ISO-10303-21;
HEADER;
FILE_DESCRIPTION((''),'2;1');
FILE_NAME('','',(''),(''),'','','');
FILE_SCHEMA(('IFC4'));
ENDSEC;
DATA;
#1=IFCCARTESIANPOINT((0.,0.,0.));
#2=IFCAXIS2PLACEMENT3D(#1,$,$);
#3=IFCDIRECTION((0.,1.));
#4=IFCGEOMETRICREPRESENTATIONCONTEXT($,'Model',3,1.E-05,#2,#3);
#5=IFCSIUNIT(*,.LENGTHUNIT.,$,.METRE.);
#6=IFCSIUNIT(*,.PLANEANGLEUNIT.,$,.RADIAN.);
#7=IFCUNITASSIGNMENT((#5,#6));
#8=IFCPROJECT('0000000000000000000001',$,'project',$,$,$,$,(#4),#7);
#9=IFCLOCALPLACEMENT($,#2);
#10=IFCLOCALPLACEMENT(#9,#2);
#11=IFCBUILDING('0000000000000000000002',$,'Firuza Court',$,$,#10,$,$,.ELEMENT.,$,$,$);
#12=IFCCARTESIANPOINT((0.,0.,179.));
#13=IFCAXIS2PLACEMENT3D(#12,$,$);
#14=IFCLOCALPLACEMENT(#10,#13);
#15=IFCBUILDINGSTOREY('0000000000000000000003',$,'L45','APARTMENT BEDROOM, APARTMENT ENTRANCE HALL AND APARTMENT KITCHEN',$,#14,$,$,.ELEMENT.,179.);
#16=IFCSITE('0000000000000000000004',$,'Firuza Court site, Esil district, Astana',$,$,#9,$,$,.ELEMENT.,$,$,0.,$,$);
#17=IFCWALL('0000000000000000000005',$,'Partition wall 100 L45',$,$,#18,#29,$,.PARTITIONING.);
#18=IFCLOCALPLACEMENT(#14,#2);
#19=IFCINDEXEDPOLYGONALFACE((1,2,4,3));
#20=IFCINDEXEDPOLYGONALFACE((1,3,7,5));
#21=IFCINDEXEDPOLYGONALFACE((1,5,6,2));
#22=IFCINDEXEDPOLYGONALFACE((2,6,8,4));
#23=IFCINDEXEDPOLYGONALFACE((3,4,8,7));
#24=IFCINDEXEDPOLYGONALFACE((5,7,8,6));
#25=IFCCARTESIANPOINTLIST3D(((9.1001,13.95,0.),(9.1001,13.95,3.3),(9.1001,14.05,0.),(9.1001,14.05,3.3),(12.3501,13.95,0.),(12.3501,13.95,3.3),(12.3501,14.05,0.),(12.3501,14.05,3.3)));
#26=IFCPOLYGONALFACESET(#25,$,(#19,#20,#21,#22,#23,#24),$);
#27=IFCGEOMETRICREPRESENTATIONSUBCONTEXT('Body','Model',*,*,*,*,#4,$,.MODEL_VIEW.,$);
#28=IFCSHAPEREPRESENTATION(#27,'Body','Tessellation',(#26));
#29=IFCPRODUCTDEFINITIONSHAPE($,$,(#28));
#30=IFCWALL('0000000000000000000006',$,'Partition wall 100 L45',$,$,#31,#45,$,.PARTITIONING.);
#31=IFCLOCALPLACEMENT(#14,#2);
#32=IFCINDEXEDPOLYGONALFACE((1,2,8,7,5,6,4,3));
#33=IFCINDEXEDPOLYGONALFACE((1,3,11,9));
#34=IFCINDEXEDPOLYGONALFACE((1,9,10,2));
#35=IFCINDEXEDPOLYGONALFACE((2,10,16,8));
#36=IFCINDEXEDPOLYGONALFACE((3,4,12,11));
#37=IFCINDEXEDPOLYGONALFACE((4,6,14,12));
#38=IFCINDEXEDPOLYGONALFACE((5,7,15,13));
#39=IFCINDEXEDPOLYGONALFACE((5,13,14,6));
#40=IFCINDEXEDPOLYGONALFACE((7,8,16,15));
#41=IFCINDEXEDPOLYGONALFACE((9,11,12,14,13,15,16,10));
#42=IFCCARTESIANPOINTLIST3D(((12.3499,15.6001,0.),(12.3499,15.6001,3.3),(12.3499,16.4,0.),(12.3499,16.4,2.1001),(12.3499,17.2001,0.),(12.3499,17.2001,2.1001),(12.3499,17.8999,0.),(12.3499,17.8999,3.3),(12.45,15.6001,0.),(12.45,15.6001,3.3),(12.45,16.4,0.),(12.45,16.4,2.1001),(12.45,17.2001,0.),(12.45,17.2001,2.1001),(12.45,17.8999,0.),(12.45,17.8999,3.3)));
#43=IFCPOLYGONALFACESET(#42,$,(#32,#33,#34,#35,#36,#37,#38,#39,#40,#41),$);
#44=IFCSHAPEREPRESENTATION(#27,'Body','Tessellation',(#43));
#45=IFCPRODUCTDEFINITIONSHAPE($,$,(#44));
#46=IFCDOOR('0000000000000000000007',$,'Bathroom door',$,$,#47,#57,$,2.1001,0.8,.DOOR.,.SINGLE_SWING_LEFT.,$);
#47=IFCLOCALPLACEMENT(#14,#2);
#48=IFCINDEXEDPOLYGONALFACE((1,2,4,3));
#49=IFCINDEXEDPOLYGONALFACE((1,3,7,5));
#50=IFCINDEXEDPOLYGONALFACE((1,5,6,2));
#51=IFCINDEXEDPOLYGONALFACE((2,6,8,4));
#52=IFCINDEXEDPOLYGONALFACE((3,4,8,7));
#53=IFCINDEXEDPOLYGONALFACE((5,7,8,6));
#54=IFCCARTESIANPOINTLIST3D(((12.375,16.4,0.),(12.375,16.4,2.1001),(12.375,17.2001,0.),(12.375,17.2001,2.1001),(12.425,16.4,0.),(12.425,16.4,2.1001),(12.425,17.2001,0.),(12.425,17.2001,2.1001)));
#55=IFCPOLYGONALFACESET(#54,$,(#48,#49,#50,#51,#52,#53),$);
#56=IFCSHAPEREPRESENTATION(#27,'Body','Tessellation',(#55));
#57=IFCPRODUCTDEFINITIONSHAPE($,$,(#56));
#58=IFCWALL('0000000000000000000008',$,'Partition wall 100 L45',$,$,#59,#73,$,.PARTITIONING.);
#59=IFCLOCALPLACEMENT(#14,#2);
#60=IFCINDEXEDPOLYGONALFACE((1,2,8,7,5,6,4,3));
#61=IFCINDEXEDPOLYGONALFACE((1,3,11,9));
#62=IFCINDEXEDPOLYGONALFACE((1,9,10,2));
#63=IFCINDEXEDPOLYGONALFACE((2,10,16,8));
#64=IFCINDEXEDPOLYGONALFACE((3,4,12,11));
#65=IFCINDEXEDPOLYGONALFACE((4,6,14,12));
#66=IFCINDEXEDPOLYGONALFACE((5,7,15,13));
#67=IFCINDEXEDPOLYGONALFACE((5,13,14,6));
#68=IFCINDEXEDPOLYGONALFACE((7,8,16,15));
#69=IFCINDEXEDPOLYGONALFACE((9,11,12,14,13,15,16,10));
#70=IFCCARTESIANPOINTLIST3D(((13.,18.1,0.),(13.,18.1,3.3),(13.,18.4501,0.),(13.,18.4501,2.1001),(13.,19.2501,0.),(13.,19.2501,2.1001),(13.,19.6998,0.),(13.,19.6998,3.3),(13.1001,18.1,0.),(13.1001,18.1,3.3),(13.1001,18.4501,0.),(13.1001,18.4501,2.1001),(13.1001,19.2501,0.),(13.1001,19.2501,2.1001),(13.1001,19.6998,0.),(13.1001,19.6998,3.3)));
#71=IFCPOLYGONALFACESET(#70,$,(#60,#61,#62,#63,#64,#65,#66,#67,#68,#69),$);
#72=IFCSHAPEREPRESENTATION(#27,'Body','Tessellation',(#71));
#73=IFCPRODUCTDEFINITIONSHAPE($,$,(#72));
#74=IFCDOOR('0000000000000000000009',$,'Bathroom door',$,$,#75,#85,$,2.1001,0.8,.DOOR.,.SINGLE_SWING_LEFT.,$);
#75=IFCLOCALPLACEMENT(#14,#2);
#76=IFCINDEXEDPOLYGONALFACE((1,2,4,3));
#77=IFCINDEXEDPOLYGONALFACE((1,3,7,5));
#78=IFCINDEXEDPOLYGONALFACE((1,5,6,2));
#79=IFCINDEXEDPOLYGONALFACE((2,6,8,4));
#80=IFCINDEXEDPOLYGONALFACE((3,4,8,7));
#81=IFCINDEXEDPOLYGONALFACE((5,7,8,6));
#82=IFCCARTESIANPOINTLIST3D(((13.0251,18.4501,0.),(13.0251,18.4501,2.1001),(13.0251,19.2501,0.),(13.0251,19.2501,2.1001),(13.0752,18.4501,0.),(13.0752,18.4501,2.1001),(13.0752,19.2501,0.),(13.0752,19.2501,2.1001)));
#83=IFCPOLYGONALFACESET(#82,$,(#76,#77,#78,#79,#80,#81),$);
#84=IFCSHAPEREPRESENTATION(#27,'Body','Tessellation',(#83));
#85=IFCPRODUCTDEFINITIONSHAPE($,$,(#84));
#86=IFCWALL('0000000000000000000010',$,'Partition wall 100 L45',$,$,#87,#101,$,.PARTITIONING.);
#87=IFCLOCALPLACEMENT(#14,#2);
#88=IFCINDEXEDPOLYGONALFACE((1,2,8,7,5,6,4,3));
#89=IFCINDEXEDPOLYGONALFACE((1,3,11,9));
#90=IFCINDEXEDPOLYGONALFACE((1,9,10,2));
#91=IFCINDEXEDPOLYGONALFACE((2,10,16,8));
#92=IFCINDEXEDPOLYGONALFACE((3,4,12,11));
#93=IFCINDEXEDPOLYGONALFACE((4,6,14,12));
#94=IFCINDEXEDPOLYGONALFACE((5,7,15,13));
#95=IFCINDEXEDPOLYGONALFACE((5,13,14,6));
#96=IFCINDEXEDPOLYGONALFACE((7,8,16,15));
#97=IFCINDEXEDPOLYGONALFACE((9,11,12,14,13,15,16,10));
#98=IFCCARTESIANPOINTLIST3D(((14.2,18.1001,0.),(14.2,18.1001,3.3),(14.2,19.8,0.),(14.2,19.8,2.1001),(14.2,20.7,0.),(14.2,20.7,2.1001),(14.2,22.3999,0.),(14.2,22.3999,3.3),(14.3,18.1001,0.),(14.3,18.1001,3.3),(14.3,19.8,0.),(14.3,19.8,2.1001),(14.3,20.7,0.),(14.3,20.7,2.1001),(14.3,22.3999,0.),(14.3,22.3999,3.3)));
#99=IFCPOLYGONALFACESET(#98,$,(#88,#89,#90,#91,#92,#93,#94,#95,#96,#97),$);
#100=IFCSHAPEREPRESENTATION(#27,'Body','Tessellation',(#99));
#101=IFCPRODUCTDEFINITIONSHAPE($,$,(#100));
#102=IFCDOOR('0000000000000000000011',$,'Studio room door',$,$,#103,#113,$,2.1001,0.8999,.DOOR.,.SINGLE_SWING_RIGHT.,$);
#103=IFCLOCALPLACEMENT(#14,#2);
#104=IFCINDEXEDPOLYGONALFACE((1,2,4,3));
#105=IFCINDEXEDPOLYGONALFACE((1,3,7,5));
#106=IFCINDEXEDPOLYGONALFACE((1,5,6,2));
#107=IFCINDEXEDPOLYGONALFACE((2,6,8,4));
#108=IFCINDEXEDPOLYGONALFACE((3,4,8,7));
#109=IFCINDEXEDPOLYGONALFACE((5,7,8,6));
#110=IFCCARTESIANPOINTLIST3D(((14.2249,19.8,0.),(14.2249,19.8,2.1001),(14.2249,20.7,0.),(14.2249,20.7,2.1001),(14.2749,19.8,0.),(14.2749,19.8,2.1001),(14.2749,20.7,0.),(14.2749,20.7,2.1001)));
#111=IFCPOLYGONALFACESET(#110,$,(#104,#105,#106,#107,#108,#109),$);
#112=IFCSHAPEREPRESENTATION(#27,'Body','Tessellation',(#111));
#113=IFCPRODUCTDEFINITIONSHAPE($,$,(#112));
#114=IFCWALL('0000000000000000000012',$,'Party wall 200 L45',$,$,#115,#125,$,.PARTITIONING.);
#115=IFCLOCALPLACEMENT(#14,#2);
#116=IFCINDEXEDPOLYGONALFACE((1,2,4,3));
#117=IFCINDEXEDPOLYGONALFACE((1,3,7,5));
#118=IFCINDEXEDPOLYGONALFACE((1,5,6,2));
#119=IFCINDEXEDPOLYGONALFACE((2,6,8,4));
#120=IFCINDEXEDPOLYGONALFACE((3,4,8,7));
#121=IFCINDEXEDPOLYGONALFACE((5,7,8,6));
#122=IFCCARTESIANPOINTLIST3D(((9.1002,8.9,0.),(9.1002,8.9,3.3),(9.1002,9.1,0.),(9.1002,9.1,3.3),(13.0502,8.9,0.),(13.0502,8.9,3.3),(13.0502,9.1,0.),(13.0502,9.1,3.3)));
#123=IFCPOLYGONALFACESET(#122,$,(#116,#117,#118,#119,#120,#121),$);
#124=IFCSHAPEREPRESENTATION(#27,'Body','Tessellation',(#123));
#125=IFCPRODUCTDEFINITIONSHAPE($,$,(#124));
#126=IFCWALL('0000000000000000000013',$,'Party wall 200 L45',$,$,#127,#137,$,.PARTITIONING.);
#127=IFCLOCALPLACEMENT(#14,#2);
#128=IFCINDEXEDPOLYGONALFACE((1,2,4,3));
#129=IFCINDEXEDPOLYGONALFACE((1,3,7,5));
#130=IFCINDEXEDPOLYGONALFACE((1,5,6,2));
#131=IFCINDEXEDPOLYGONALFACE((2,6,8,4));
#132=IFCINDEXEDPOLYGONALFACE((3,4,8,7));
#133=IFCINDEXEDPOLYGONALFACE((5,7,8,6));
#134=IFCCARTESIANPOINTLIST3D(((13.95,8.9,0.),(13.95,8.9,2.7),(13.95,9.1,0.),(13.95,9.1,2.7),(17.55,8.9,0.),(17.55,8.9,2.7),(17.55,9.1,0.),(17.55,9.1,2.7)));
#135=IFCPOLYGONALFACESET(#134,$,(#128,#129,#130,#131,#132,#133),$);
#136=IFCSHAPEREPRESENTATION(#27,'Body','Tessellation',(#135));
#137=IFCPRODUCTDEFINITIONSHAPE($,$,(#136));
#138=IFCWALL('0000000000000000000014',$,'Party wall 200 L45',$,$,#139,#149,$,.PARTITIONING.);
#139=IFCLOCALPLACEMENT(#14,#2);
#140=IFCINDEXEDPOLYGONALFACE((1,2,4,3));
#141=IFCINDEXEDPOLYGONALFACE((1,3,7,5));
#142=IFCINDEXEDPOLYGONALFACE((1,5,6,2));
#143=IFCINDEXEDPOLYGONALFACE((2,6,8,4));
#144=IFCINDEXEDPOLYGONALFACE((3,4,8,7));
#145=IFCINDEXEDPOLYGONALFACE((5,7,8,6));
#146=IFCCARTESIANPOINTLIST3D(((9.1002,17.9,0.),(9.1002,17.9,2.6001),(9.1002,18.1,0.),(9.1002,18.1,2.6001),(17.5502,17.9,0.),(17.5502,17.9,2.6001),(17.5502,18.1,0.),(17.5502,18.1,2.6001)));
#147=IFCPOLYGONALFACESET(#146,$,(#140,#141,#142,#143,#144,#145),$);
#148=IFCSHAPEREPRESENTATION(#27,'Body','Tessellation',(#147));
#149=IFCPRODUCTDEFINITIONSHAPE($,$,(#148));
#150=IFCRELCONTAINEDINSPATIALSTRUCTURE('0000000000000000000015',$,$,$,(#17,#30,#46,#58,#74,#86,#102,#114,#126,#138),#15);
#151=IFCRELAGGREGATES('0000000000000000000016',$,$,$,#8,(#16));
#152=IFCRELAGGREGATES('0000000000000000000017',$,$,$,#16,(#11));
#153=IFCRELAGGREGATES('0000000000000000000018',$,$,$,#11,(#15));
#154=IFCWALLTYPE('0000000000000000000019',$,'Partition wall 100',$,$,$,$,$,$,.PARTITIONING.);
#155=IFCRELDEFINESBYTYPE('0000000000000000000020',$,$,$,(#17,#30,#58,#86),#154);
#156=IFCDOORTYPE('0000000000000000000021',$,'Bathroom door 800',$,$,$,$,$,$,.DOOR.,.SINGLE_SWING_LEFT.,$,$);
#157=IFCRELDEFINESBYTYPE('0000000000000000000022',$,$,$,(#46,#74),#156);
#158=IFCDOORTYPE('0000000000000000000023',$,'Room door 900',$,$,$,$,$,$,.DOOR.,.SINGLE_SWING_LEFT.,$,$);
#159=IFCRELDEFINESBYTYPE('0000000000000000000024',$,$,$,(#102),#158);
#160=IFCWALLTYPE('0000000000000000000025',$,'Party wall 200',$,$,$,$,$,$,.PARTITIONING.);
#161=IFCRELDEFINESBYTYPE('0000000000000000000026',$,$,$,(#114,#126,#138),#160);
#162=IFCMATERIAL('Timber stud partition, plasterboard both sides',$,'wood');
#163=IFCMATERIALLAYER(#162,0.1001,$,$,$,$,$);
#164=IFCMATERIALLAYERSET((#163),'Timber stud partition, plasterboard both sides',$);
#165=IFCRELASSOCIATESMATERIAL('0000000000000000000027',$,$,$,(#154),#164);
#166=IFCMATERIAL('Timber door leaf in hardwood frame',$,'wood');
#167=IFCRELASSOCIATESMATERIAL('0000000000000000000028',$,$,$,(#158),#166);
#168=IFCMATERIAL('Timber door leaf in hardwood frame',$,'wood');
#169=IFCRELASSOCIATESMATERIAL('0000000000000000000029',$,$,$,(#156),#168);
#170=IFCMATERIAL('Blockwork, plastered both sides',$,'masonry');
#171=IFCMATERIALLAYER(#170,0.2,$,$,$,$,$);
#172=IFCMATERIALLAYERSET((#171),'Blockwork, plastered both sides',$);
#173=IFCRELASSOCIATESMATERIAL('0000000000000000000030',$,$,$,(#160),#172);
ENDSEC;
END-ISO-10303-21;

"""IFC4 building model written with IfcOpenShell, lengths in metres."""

from ifc_helpers import new_model, si_unit, direction, frame, frame_2d, origin, place, context, subcontext, project, spatial, rectangle, extrude, material, layer, layer_set, type_object, element, fill, save


model = new_model("IFC4")

# Units and contexts
model_context = context("Model", 3, precision=1e-05, world=origin(), true_north=direction((0.0, 1.0)))
body_context = subcontext(model_context, "Body", "Model", "MODEL_VIEW")
ifc_project = project(units=[si_unit("LENGTHUNIT", "METRE"), si_unit("PLANEANGLEUNIT", "RADIAN")], contexts=[model_context])

# Site, building, storey
site_placement = place(None, origin())
site = spatial("IfcSite", under=ifc_project, at=site_placement, Name="Firuza Court site, Esil district, Astana", CompositionType="ELEMENT", RefElevation=0.0)
building_placement = place(site_placement, origin())
building = spatial("IfcBuilding", under=site, at=building_placement, Name="Firuza Court", CompositionType="ELEMENT")
storey_placement = place(building_placement, frame((0.0, 0.0, 179.0)))
storey = spatial("IfcBuildingStorey", under=building, at=storey_placement, Name="L45", Description="APARTMENT BEDROOM, APARTMENT ENTRANCE HALL AND APARTMENT KITCHEN", CompositionType="ELEMENT", Elevation=179.0)

# Shared definitions
ifc_material_1 = material(Name="Timber stud partition, plasterboard both sides", Category="wood")
ifc_layer_1 = layer(ifc_material_1, 0.1001)
ifc_layer_set_1 = layer_set([ifc_layer_1], Name="Timber stud partition, plasterboard both sides")
wall_type_1 = type_object("IfcWallType", Name="Partition wall 100", PredefinedType="PARTITIONING", material=ifc_layer_set_1)
ifc_material_2 = material(Name="Timber door leaf in hardwood frame", Category="wood")
door_type_1 = type_object("IfcDoorType", Name="Room door 900", OperationType="SINGLE_SWING_LEFT", PredefinedType="DOOR", material=ifc_material_2)

# Wall
wall_1_placement = place(storey_placement, frame((9.1001, 14.0, 0.0), z_axis=(0.0, 0.0, 1.0), x_axis=(1.0, 0.0, 0.0)))
element("IfcWall", 1, at=wall_1_placement, inside=storey, type_object=wall_type_1, Name="Partition wall 100 L45", PredefinedType="PARTITIONING", context=body_context, shape_type="SweptSolid", body=[
    extrude(rectangle(XDim=3.25, YDim=0.1001, at=frame_2d((1.625, 0.0))), origin(), (0.0, 0.0, 1.0), 3.3),
])

# Walls, openings, doors
wall_2_placement = place(storey_placement, frame((12.3999, 15.6001, 0.0), z_axis=(0.0, 0.0, 1.0), x_axis=(0.0, 1.0, 0.0)))
wall_2 = element("IfcWall", 2, at=wall_2_placement, inside=storey, type_object=wall_type_1, Name="Partition wall 100 L45", PredefinedType="PARTITIONING", context=body_context, shape_type="SweptSolid", body=[
    extrude(rectangle(XDim=2.2998, YDim=0.1001, at=frame_2d((1.1499, 0.0))), origin(), (0.0, 0.0, 1.0), 3.3),
])
opening_1_placement = place(wall_2_placement, frame((0.8, 0.0, 0.0)))
opening_1 = element("IfcOpeningElement", 3, at=opening_1_placement, cuts=wall_2, PredefinedType="OPENING", context=body_context, shape_type="SweptSolid", body=[
    extrude(rectangle(XDim=0.8, YDim=2.1001, at=frame_2d((0.3999, 1.05))), frame((0.0, 0.062, 0.0), z_axis=(0.0, -1.0, 0.0), x_axis=(1.0, 0.0, 0.0)), (0.0, 0.0, 1.0), 0.124),
])
ifc_material_3 = material(Name="Timber door leaf in hardwood frame", Category="wood")
door_type_2 = type_object("IfcDoorType", Name="Bathroom door 800", OperationType="SINGLE_SWING_LEFT", PredefinedType="DOOR", material=ifc_material_3)
door_1_placement = place(opening_1_placement, origin())
door_1 = element("IfcDoor", 4, at=door_1_placement, inside=storey, type_object=door_type_2, Name="Bathroom door", OperationType="SINGLE_SWING_LEFT", OverallHeight=2.1001, OverallWidth=0.8, PredefinedType="DOOR", context=body_context, shape_type="SweptSolid", body=[
    extrude(rectangle(XDim=0.8, YDim=2.1001, at=frame_2d((0.3999, 1.05))), frame((0.0, 0.0249, 0.0), z_axis=(0.0, -1.0, 0.0), x_axis=(1.0, 0.0, 0.0)), (0.0, 0.0, 1.0), 0.05),
])
fill(opening_1, door_1)
wall_3_placement = place(storey_placement, frame((13.05, 18.1001, 0.0), z_axis=(0.0, 0.0, 1.0), x_axis=(0.0, 1.0, 0.0)))
wall_3 = element("IfcWall", 5, at=wall_3_placement, inside=storey, type_object=wall_type_1, Name="Partition wall 100 L45", PredefinedType="PARTITIONING", context=body_context, shape_type="SweptSolid", body=[
    extrude(rectangle(XDim=1.5999, YDim=0.1001, at=frame_2d((0.7998, 0.0))), origin(), (0.0, 0.0, 1.0), 3.3),
])
opening_2_placement = place(wall_3_placement, frame((0.3501, 0.0, 0.0)))
opening_2 = element("IfcOpeningElement", 6, at=opening_2_placement, cuts=wall_3, PredefinedType="OPENING", context=body_context, shape_type="SweptSolid", body=[
    extrude(rectangle(XDim=0.8, YDim=2.1001, at=frame_2d((0.3999, 1.05))), frame((0.0, 0.062, 0.0), z_axis=(0.0, -1.0, 0.0), x_axis=(1.0, 0.0, 0.0)), (0.0, 0.0, 1.0), 0.124),
])
door_2_placement = place(opening_2_placement, origin())
door_2 = element("IfcDoor", 7, at=door_2_placement, inside=storey, type_object=door_type_2, Name="Bathroom door", OperationType="SINGLE_SWING_LEFT", OverallHeight=2.1001, OverallWidth=0.8, PredefinedType="DOOR", context=body_context, shape_type="SweptSolid", body=[
    extrude(rectangle(XDim=0.8, YDim=2.1001, at=frame_2d((0.3999, 1.05))), frame((0.0, 0.0249, 0.0), z_axis=(0.0, -1.0, 0.0), x_axis=(1.0, 0.0, 0.0)), (0.0, 0.0, 1.0), 0.05),
])
fill(opening_2, door_2)
wall_4_placement = place(storey_placement, frame((14.25, 18.1001, 0.0), z_axis=(0.0, 0.0, 1.0), x_axis=(0.0, 1.0, 0.0)))
wall_4 = element("IfcWall", 8, at=wall_4_placement, inside=storey, type_object=wall_type_1, Name="Partition wall 100 L45", PredefinedType="PARTITIONING", context=body_context, shape_type="SweptSolid", body=[
    extrude(rectangle(XDim=4.2998, YDim=0.1001, at=frame_2d((2.1499, 0.0))), origin(), (0.0, 0.0, 1.0), 3.3),
])
opening_3_placement = place(wall_4_placement, frame((1.7, 0.0, 0.0)))
opening_3 = element("IfcOpeningElement", 9, at=opening_3_placement, cuts=wall_4, PredefinedType="OPENING", context=body_context, shape_type="SweptSolid", body=[
    extrude(rectangle(XDim=0.8999, YDim=2.1001, at=frame_2d((0.45, 1.05))), frame((0.0, 0.062, 0.0), z_axis=(0.0, -1.0, 0.0), x_axis=(1.0, 0.0, 0.0)), (0.0, 0.0, 1.0), 0.124),
])
door_3_placement = place(opening_3_placement, frame((0.8999, 0.0, 0.0), z_axis=(0.0, 0.0, 1.0), x_axis=(-1.0, 0.0, 0.0)))
door_3 = element("IfcDoor", 10, at=door_3_placement, inside=storey, type_object=door_type_1, Name="Studio room door", OperationType="SINGLE_SWING_RIGHT", OverallHeight=2.1001, OverallWidth=0.8999, PredefinedType="DOOR", context=body_context, shape_type="SweptSolid", body=[
    extrude(rectangle(XDim=0.8999, YDim=2.1001, at=frame_2d((0.45, 1.05))), frame((0.0, 0.0249, 0.0), z_axis=(0.0, -1.0, 0.0), x_axis=(1.0, 0.0, 0.0)), (0.0, 0.0, 1.0), 0.05),
])
fill(opening_3, door_3)

# Walls
ifc_material_4 = material(Name="Blockwork, plastered both sides", Category="masonry")
ifc_layer_2 = layer(ifc_material_4, 0.2)
ifc_layer_set_2 = layer_set([ifc_layer_2], Name="Blockwork, plastered both sides")
wall_type_2 = type_object("IfcWallType", Name="Party wall 200", PredefinedType="PARTITIONING", material=ifc_layer_set_2)
wall_5_placement = place(storey_placement, frame((9.1001, 9.0, 0.0), z_axis=(0.0, 0.0, 1.0), x_axis=(1.0, 0.0, 0.0)))
element("IfcWall", 11, at=wall_5_placement, inside=storey, type_object=wall_type_2, Name="Party wall 200 L45", PredefinedType="PARTITIONING", context=body_context, shape_type="SweptSolid", body=[
    extrude(rectangle(XDim=3.95, YDim=0.2, at=frame_2d((1.9751, 0.0))), origin(), (0.0, 0.0, 1.0), 3.3),
])
wall_6_placement = place(storey_placement, frame((13.95, 9.0, 0.0), z_axis=(0.0, 0.0, 1.0), x_axis=(1.0, 0.0, 0.0)))
element("IfcWall", 12, at=wall_6_placement, inside=storey, type_object=wall_type_2, Name="Party wall 200 L45", PredefinedType="PARTITIONING", context=body_context, shape_type="SweptSolid", body=[
    extrude(rectangle(XDim=3.6001, YDim=0.2, at=frame_2d((1.8, 0.0))), origin(), (0.0, 0.0, 1.0), 2.7),
])
wall_7_placement = place(storey_placement, frame((9.1001, 18.0, 0.0), z_axis=(0.0, 0.0, 1.0), x_axis=(1.0, 0.0, 0.0)))
element("IfcWall", 13, at=wall_7_placement, inside=storey, type_object=wall_type_2, Name="Party wall 200 L45", PredefinedType="PARTITIONING", context=body_context, shape_type="SweptSolid", body=[
    extrude(rectangle(XDim=8.45, YDim=0.2, at=frame_2d((4.2251, 0.0))), origin(), (0.0, 0.0, 1.0), 2.6001),
])

save(model, "model.ifc")
